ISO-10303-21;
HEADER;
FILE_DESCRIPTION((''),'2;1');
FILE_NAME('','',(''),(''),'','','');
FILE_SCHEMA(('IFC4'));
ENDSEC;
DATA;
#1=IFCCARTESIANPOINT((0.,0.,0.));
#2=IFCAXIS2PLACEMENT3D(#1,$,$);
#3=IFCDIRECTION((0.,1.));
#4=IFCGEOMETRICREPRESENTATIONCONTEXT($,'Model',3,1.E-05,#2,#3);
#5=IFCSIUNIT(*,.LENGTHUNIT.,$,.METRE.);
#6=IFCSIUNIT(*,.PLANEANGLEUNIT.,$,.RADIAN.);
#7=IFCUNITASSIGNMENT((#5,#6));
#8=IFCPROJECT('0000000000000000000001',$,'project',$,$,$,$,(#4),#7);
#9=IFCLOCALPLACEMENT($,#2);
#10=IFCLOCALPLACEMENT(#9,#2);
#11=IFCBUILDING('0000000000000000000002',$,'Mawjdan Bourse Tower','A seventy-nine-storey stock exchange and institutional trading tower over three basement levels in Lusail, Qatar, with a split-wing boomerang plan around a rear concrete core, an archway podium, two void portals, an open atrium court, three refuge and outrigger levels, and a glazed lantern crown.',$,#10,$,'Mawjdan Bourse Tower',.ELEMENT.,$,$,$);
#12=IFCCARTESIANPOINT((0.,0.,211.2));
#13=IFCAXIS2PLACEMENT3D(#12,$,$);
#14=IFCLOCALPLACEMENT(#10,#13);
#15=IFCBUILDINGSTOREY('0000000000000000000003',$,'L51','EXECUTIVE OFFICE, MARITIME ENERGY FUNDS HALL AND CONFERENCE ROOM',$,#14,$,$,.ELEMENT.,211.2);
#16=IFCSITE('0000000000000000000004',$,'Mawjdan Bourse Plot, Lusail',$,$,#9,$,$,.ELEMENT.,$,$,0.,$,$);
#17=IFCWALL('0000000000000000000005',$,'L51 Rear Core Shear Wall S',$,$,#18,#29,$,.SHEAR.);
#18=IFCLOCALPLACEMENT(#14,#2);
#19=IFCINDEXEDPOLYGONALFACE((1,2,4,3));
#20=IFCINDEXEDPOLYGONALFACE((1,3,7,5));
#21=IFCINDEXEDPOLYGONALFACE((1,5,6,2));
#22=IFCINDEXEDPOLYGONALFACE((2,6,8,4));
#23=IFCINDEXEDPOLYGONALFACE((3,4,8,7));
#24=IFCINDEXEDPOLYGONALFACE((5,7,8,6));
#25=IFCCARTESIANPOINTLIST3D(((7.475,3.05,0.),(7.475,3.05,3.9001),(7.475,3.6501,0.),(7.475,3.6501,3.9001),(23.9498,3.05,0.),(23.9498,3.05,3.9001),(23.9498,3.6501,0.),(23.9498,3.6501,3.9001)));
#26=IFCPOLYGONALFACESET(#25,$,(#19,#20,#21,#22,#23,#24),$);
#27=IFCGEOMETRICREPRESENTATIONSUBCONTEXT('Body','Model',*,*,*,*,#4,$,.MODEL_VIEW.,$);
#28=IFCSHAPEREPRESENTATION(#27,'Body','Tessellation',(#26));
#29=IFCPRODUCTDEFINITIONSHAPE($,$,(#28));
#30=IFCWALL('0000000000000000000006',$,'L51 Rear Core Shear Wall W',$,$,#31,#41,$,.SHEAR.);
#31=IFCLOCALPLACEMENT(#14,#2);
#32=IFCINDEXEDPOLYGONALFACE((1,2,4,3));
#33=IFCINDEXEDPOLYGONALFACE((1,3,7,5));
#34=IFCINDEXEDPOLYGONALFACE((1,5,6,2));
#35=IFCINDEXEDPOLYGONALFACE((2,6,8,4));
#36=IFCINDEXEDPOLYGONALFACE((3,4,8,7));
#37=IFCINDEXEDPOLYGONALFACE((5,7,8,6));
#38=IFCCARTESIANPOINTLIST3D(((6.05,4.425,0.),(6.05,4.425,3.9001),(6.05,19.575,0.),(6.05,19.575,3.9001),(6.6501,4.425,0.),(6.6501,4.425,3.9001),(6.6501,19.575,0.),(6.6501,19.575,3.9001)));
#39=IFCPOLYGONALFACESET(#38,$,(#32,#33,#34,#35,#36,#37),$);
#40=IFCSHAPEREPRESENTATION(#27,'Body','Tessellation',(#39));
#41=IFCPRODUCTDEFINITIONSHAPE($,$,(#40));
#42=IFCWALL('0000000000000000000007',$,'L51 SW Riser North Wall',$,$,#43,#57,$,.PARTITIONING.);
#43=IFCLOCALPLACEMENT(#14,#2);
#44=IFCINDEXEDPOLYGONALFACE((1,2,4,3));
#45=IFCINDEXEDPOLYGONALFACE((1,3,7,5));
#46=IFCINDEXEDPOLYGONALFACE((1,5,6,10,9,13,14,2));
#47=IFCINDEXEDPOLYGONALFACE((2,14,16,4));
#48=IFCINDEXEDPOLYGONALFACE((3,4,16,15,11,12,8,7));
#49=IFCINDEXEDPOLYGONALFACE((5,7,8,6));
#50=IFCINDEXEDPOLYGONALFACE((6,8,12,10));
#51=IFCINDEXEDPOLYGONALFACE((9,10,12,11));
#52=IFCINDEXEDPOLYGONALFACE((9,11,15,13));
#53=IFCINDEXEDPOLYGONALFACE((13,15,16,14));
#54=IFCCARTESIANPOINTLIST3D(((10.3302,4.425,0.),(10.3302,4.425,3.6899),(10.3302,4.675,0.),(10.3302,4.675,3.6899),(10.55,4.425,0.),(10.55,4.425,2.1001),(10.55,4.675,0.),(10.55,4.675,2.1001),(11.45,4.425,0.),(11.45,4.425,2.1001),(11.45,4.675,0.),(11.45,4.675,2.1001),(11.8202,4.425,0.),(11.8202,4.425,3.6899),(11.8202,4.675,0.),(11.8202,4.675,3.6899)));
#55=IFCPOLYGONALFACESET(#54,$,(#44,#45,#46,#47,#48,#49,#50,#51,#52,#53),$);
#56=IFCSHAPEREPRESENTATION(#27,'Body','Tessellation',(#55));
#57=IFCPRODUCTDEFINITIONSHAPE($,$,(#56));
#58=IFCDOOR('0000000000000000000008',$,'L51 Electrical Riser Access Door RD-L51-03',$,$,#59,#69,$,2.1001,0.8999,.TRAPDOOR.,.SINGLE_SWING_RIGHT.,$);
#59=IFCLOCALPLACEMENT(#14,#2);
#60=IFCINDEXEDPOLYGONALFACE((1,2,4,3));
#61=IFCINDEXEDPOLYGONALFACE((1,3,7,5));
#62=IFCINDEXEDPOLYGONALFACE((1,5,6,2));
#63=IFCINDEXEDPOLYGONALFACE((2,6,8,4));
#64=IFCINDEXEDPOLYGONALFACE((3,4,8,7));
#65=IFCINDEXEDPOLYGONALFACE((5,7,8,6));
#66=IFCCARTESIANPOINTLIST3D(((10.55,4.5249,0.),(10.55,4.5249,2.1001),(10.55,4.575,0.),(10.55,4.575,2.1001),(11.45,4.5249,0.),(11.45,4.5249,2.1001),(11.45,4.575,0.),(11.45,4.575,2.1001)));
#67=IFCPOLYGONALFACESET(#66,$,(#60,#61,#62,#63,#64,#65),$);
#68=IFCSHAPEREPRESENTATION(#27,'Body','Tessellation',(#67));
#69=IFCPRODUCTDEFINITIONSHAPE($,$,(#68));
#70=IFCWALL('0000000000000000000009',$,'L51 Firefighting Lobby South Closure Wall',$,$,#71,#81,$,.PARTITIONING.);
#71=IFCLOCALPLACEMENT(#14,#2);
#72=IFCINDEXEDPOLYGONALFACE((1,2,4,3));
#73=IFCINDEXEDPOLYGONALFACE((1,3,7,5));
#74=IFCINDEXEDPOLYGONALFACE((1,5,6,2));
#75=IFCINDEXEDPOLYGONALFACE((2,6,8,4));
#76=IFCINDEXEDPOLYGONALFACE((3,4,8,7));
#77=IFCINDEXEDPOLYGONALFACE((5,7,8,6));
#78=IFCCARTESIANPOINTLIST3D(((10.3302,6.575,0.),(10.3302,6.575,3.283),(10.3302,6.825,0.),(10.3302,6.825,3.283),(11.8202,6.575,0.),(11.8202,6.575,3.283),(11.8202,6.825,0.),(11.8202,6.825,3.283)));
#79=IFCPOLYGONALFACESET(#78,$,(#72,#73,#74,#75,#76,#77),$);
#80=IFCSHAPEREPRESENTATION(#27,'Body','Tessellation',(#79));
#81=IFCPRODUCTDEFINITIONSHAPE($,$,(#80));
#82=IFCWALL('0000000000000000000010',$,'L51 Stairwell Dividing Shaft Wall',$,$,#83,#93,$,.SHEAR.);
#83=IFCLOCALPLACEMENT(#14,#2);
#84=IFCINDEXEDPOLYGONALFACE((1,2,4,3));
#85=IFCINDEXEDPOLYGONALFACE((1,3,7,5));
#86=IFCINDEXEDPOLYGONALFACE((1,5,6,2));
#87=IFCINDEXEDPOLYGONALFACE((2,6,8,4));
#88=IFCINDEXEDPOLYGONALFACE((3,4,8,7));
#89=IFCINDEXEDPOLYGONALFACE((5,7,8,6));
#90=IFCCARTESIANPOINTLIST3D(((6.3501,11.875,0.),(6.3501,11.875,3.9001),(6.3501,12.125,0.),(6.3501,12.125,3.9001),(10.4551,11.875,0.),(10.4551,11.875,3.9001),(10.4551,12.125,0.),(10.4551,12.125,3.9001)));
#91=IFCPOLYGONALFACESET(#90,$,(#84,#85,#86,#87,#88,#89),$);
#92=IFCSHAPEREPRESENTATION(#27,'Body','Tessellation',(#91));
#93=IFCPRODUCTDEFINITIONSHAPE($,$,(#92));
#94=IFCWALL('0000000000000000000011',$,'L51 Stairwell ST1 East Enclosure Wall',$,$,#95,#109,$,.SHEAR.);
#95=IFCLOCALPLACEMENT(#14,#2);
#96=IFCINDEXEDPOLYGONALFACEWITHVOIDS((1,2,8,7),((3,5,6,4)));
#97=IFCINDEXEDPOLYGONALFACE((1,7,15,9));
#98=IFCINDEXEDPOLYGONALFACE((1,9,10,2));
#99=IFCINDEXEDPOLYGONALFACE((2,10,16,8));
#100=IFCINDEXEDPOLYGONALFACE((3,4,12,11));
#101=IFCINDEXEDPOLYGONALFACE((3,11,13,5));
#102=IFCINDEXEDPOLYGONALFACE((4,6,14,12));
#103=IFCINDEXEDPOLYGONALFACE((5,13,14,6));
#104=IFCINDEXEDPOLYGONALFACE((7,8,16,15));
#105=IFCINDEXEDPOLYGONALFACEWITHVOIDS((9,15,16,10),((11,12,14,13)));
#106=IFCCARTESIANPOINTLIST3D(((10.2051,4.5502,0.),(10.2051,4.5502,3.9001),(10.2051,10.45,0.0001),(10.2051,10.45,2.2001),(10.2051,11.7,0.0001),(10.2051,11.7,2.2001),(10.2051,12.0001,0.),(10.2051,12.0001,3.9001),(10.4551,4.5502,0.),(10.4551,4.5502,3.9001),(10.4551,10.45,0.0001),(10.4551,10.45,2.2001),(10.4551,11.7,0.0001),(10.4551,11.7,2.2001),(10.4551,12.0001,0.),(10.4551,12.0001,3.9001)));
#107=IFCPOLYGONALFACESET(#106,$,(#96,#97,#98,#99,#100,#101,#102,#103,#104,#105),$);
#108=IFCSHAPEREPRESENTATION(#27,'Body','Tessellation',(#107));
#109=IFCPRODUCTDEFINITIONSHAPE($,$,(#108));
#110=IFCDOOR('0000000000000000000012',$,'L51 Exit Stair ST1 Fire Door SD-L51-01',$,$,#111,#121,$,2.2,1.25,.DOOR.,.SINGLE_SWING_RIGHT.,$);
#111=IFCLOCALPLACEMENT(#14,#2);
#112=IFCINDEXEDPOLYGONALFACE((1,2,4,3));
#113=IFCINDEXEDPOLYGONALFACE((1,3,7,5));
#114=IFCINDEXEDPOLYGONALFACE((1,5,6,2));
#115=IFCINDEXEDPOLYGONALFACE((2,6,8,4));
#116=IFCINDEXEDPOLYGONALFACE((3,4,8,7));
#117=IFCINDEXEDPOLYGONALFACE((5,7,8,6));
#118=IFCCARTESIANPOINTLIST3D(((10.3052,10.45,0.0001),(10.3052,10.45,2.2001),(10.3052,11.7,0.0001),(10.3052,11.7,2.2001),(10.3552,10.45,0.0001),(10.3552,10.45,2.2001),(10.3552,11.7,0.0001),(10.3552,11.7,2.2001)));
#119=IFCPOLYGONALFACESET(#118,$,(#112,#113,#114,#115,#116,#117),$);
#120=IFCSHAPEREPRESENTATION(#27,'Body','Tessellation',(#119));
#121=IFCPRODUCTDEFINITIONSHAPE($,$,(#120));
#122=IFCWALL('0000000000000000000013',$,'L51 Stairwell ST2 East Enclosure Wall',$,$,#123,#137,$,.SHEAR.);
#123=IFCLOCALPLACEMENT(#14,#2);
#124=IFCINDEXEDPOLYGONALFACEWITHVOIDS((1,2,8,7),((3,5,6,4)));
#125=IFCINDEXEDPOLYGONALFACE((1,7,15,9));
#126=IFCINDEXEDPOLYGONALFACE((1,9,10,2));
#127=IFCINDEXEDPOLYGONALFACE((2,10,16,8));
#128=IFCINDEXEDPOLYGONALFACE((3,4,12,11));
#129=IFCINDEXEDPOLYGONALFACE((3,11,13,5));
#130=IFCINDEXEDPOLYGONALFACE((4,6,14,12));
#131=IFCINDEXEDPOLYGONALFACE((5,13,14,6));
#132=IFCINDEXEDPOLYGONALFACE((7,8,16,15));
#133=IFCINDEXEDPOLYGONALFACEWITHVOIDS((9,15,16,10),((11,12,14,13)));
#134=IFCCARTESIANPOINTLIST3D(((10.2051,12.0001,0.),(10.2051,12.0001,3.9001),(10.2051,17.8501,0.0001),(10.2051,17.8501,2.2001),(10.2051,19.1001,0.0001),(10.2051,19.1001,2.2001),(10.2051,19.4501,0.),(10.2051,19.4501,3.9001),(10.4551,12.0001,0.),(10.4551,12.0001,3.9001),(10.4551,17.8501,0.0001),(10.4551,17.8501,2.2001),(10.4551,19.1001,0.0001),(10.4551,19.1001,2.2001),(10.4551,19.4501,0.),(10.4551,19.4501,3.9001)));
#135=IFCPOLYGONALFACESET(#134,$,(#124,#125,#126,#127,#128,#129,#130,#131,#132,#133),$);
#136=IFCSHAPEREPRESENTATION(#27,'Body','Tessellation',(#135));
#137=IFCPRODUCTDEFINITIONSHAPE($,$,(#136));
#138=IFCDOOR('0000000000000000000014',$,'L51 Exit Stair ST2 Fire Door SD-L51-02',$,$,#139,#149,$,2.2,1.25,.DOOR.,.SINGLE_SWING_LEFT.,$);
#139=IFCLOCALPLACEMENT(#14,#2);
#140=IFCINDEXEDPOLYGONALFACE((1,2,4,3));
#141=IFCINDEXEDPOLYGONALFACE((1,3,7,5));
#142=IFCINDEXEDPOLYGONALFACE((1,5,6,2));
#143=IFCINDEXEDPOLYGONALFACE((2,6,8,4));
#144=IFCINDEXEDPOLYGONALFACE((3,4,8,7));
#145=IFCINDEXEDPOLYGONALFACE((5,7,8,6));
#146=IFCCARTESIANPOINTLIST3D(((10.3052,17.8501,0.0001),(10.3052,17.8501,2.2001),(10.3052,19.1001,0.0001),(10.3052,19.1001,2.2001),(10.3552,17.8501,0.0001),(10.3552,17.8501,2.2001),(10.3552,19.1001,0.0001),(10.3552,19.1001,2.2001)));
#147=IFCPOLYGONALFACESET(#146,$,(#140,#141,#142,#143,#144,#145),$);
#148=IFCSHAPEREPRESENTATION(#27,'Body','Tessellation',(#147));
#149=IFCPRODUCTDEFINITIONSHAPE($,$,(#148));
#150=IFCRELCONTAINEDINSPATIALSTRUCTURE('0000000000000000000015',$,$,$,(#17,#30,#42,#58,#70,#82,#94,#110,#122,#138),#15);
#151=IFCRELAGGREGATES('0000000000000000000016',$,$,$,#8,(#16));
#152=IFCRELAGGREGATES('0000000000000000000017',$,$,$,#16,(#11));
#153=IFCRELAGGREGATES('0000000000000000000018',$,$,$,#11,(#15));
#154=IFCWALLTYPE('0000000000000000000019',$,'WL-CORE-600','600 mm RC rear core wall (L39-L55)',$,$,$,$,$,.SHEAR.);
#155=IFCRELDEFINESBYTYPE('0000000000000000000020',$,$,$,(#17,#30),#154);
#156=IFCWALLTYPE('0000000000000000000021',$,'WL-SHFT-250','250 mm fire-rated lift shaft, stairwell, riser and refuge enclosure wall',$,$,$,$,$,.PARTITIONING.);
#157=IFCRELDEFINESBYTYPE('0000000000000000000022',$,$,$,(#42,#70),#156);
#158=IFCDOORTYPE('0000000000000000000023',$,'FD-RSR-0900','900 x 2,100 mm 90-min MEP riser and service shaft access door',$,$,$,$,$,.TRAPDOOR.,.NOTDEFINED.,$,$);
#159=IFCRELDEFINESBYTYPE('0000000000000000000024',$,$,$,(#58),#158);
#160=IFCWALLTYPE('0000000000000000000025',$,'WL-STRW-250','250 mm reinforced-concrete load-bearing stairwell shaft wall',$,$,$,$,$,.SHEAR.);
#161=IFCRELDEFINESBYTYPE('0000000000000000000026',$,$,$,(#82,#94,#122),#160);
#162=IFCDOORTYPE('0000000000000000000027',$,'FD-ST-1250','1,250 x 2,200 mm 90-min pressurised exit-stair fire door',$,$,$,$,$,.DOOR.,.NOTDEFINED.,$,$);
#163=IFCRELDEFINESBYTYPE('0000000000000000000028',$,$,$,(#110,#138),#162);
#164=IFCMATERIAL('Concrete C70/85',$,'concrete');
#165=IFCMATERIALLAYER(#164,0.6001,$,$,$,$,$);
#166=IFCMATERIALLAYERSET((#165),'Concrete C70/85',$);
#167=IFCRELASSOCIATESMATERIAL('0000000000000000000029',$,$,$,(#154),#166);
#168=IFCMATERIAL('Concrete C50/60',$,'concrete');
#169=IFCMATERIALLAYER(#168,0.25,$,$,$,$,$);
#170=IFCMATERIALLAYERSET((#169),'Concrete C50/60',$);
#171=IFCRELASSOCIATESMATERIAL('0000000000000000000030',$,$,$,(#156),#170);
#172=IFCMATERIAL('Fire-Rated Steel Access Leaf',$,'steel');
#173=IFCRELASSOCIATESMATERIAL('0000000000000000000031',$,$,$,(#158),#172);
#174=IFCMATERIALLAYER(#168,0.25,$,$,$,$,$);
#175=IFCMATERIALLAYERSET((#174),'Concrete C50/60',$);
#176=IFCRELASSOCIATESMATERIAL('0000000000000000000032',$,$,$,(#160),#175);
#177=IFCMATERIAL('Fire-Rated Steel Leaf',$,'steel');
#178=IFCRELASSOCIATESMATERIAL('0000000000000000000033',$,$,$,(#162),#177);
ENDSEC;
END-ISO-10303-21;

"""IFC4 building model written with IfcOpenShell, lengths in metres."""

from ifc_helpers import new_model, si_unit, direction, frame, frame_2d, origin, place, context, subcontext, project, spatial, rectangle, extrude, material, layer, layer_set, type_object, element, fill, save


model = new_model("IFC4")

# Units and contexts
model_context = context("Model", 3, precision=1e-05, world=origin(), true_north=direction((0.0, 1.0)))
body_context = subcontext(model_context, "Body", "Model", "MODEL_VIEW")
ifc_project = project(units=[si_unit("LENGTHUNIT", "METRE"), si_unit("PLANEANGLEUNIT", "RADIAN")], contexts=[model_context])

# Site, building, storey
site_placement = place(None, origin())
site = spatial("IfcSite", under=ifc_project, at=site_placement, Name="Mawjdan Bourse Plot, Lusail", CompositionType="ELEMENT", RefElevation=0.0)
building_placement = place(site_placement, origin())
building = spatial("IfcBuilding", under=site, at=building_placement, Name="Mawjdan Bourse Tower", Description="A seventy-nine-storey stock exchange and institutional trading tower over three basement levels in Lusail, Qatar, with a split-wing boomerang plan around a rear concrete core, an archway podium, two void portals, an open atrium court, three refuge and outrigger levels, and a glazed lantern crown.", LongName="Mawjdan Bourse Tower", CompositionType="ELEMENT")
storey_placement = place(building_placement, frame((0.0, 0.0, 211.2)))
storey = spatial("IfcBuildingStorey", under=building, at=storey_placement, Name="L51", Description="EXECUTIVE OFFICE, MARITIME ENERGY FUNDS HALL AND CONFERENCE ROOM", CompositionType="ELEMENT", Elevation=211.2)

# Shared definitions
ifc_material_1 = material(Name="Concrete C50/60", Category="concrete")

# Walls
ifc_material_2 = material(Name="Concrete C70/85", Category="concrete")
ifc_layer_1 = layer(ifc_material_2, 0.6001)
ifc_layer_set_1 = layer_set([ifc_layer_1], Name="Concrete C70/85")
wall_type_1 = type_object("IfcWallType", Name="WL-CORE-600", Description="600 mm RC rear core wall (L39-L55)", PredefinedType="SHEAR", material=ifc_layer_set_1)
wall_1_placement = place(storey_placement, frame((7.4751, 3.3501, 0.0), z_axis=(0.0, 0.0, 1.0), x_axis=(1.0, 0.0, 0.0)))
element("IfcWall", 1, at=wall_1_placement, inside=storey, type_object=wall_type_1, Name="L51 Rear Core Shear Wall S", PredefinedType="SHEAR", context=body_context, shape_type="SweptSolid", body=[
    extrude(rectangle(XDim=16.4749, YDim=0.6001, at=frame_2d((8.2373, 0.0))), origin(), (0.0, 0.0, 1.0), 3.9001),
])
wall_2_placement = place(storey_placement, frame((6.3501, 4.425, 0.0), z_axis=(0.0, 0.0, 1.0), x_axis=(0.0, 1.0, 0.0)))
element("IfcWall", 2, at=wall_2_placement, inside=storey, type_object=wall_type_1, Name="L51 Rear Core Shear Wall W", PredefinedType="SHEAR", context=body_context, shape_type="SweptSolid", body=[
    extrude(rectangle(XDim=15.1499, YDim=0.6001, at=frame_2d((7.575, 0.0))), origin(), (0.0, 0.0, 1.0), 3.9001),
])

# Wall, opening, door
ifc_layer_2 = layer(ifc_material_1, 0.25)
ifc_layer_set_2 = layer_set([ifc_layer_2], Name="Concrete C50/60")
wall_type_2 = type_object("IfcWallType", Name="WL-SHFT-250", Description="250 mm fire-rated lift shaft, stairwell, riser and refuge enclosure wall", PredefinedType="PARTITIONING", material=ifc_layer_set_2)
wall_3_placement = place(storey_placement, frame((10.3301, 4.55, 0.0), z_axis=(0.0, 0.0, 1.0), x_axis=(1.0, 0.0, 0.0)))
wall_3 = element("IfcWall", 3, at=wall_3_placement, inside=storey, type_object=wall_type_2, Name="L51 SW Riser North Wall", PredefinedType="PARTITIONING", context=body_context, shape_type="SweptSolid", body=[
    extrude(rectangle(XDim=1.49, YDim=0.25, at=frame_2d((0.7451, 0.0))), origin(), (0.0, 0.0, 1.0), 3.6899),
])
opening_1_placement = place(wall_3_placement, frame((0.22, 0.0, 0.0)))
opening_1 = element("IfcOpeningElement", 4, at=opening_1_placement, cuts=wall_3, PredefinedType="OPENING", context=body_context, shape_type="SweptSolid", body=[
    extrude(rectangle(XDim=0.8999, YDim=2.1001, at=frame_2d((0.45, 1.05))), frame((0.0, 0.135, 0.0), z_axis=(0.0, -1.0, 0.0), x_axis=(1.0, 0.0, 0.0)), (0.0, 0.0, 1.0), 0.27),
])
ifc_material_3 = material(Name="Fire-Rated Steel Access Leaf", Category="steel")
door_type_1 = type_object("IfcDoorType", Name="FD-RSR-0900", Description="900 x 2,100 mm 90-min MEP riser and service shaft access door", OperationType="NOTDEFINED", PredefinedType="TRAPDOOR", material=ifc_material_3)
door_1_placement = place(opening_1_placement, origin())
door_1 = element("IfcDoor", 5, at=door_1_placement, inside=storey, type_object=door_type_1, Name="L51 Electrical Riser Access Door RD-L51-03", OperationType="SINGLE_SWING_RIGHT", OverallHeight=2.1001, OverallWidth=0.8999, PredefinedType="TRAPDOOR", context=body_context, shape_type="SweptSolid", body=[
    extrude(rectangle(XDim=0.8999, YDim=2.1001, at=frame_2d((0.45, 1.05))), frame((0.0, 0.0249, 0.0), z_axis=(0.0, -1.0, 0.0), x_axis=(1.0, 0.0, 0.0)), (0.0, 0.0, 1.0), 0.05),
])
fill(opening_1, door_1)

# Walls
wall_4_placement = place(storey_placement, frame((10.3301, 6.7, 0.0), z_axis=(0.0, 0.0, 1.0), x_axis=(1.0, 0.0, 0.0)))
element("IfcWall", 6, at=wall_4_placement, inside=storey, type_object=wall_type_2, Name="L51 Firefighting Lobby South Closure Wall", PredefinedType="PARTITIONING", context=body_context, shape_type="SweptSolid", body=[
    extrude(rectangle(XDim=1.49, YDim=0.25, at=frame_2d((0.7451, 0.0))), origin(), (0.0, 0.0, 1.0), 3.283),
])
ifc_layer_3 = layer(ifc_material_1, 0.25)
ifc_layer_set_3 = layer_set([ifc_layer_3], Name="Concrete C50/60")
wall_type_3 = type_object("IfcWallType", Name="WL-STRW-250", Description="250 mm reinforced-concrete load-bearing stairwell shaft wall", PredefinedType="SHEAR", material=ifc_layer_set_3)
wall_5_placement = place(storey_placement, frame((6.3501, 12.0, 0.0), z_axis=(0.0, 0.0, 1.0), x_axis=(1.0, 0.0, 0.0)))
element("IfcWall", 7, at=wall_5_placement, inside=storey, type_object=wall_type_3, Name="L51 Stairwell Dividing Shaft Wall", PredefinedType="SHEAR", context=body_context, shape_type="SweptSolid", body=[
    extrude(rectangle(XDim=4.105, YDim=0.25, at=frame_2d((2.0525, 0.0))), origin(), (0.0, 0.0, 1.0), 3.9001),
])

# Walls, openings, doors
wall_6_placement = place(storey_placement, frame((10.3301, 4.55, 0.0), z_axis=(0.0, 0.0, 1.0), x_axis=(0.0, 1.0, 0.0)))
wall_6 = element("IfcWall", 8, at=wall_6_placement, inside=storey, type_object=wall_type_3, Name="L51 Stairwell ST1 East Enclosure Wall", PredefinedType="SHEAR", context=body_context, shape_type="SweptSolid", body=[
    extrude(rectangle(XDim=7.45, YDim=0.25, at=frame_2d((3.7251, 0.0))), origin(), (0.0, 0.0, 1.0), 3.9001),
])
opening_2_placement = place(wall_6_placement, frame((5.8999, 0.0, 0.0)))
opening_2 = element("IfcOpeningElement", 9, at=opening_2_placement, cuts=wall_6, PredefinedType="OPENING", context=body_context, shape_type="SweptSolid", body=[
    extrude(rectangle(XDim=1.25, YDim=2.2, at=frame_2d((0.625, 1.1001))), frame((0.0, 0.135, 0.0), z_axis=(0.0, -1.0, 0.0), x_axis=(1.0, 0.0, 0.0)), (0.0, 0.0, 1.0), 0.27),
])
ifc_material_4 = material(Name="Fire-Rated Steel Leaf", Category="steel")
door_type_2 = type_object("IfcDoorType", Name="FD-ST-1250", Description="1,250 x 2,200 mm 90-min pressurised exit-stair fire door", OperationType="NOTDEFINED", PredefinedType="DOOR", material=ifc_material_4)
door_2_placement = place(opening_2_placement, origin())
door_2 = element("IfcDoor", 10, at=door_2_placement, inside=storey, type_object=door_type_2, Name="L51 Exit Stair ST1 Fire Door SD-L51-01", OperationType="SINGLE_SWING_RIGHT", OverallHeight=2.2, OverallWidth=1.25, PredefinedType="DOOR", context=body_context, shape_type="SweptSolid", body=[
    extrude(rectangle(XDim=1.25, YDim=2.2, at=frame_2d((0.625, 1.1001))), frame((0.0, 0.0249, 0.0), z_axis=(0.0, -1.0, 0.0), x_axis=(1.0, 0.0, 0.0)), (0.0, 0.0, 1.0), 0.05),
])
fill(opening_2, door_2)
wall_7_placement = place(storey_placement, frame((10.3301, 12.0, 0.0), z_axis=(0.0, 0.0, 1.0), x_axis=(0.0, 1.0, 0.0)))
wall_7 = element("IfcWall", 11, at=wall_7_placement, inside=storey, type_object=wall_type_3, Name="L51 Stairwell ST2 East Enclosure Wall", PredefinedType="SHEAR", context=body_context, shape_type="SweptSolid", body=[
    extrude(rectangle(XDim=7.45, YDim=0.25, at=frame_2d((3.7251, 0.0))), origin(), (0.0, 0.0, 1.0), 3.9001),
])
opening_3_placement = place(wall_7_placement, frame((5.8501, 0.0, 0.0)))
opening_3 = element("IfcOpeningElement", 12, at=opening_3_placement, cuts=wall_7, PredefinedType="OPENING", context=body_context, shape_type="SweptSolid", body=[
    extrude(rectangle(XDim=1.25, YDim=2.2, at=frame_2d((0.625, 1.1001))), frame((0.0, 0.135, 0.0), z_axis=(0.0, -1.0, 0.0), x_axis=(1.0, 0.0, 0.0)), (0.0, 0.0, 1.0), 0.27),
])
door_3_placement = place(opening_3_placement, origin())
door_3 = element("IfcDoor", 13, at=door_3_placement, inside=storey, type_object=door_type_2, Name="L51 Exit Stair ST2 Fire Door SD-L51-02", OperationType="SINGLE_SWING_LEFT", OverallHeight=2.2, OverallWidth=1.25, PredefinedType="DOOR", context=body_context, shape_type="SweptSolid", body=[
    extrude(rectangle(XDim=1.25, YDim=2.2, at=frame_2d((0.625, 1.1001))), frame((0.0, 0.0249, 0.0), z_axis=(0.0, -1.0, 0.0), x_axis=(1.0, 0.0, 0.0)), (0.0, 0.0, 1.0), 0.05),
])
fill(opening_3, door_3)

save(model, "model.ifc")
